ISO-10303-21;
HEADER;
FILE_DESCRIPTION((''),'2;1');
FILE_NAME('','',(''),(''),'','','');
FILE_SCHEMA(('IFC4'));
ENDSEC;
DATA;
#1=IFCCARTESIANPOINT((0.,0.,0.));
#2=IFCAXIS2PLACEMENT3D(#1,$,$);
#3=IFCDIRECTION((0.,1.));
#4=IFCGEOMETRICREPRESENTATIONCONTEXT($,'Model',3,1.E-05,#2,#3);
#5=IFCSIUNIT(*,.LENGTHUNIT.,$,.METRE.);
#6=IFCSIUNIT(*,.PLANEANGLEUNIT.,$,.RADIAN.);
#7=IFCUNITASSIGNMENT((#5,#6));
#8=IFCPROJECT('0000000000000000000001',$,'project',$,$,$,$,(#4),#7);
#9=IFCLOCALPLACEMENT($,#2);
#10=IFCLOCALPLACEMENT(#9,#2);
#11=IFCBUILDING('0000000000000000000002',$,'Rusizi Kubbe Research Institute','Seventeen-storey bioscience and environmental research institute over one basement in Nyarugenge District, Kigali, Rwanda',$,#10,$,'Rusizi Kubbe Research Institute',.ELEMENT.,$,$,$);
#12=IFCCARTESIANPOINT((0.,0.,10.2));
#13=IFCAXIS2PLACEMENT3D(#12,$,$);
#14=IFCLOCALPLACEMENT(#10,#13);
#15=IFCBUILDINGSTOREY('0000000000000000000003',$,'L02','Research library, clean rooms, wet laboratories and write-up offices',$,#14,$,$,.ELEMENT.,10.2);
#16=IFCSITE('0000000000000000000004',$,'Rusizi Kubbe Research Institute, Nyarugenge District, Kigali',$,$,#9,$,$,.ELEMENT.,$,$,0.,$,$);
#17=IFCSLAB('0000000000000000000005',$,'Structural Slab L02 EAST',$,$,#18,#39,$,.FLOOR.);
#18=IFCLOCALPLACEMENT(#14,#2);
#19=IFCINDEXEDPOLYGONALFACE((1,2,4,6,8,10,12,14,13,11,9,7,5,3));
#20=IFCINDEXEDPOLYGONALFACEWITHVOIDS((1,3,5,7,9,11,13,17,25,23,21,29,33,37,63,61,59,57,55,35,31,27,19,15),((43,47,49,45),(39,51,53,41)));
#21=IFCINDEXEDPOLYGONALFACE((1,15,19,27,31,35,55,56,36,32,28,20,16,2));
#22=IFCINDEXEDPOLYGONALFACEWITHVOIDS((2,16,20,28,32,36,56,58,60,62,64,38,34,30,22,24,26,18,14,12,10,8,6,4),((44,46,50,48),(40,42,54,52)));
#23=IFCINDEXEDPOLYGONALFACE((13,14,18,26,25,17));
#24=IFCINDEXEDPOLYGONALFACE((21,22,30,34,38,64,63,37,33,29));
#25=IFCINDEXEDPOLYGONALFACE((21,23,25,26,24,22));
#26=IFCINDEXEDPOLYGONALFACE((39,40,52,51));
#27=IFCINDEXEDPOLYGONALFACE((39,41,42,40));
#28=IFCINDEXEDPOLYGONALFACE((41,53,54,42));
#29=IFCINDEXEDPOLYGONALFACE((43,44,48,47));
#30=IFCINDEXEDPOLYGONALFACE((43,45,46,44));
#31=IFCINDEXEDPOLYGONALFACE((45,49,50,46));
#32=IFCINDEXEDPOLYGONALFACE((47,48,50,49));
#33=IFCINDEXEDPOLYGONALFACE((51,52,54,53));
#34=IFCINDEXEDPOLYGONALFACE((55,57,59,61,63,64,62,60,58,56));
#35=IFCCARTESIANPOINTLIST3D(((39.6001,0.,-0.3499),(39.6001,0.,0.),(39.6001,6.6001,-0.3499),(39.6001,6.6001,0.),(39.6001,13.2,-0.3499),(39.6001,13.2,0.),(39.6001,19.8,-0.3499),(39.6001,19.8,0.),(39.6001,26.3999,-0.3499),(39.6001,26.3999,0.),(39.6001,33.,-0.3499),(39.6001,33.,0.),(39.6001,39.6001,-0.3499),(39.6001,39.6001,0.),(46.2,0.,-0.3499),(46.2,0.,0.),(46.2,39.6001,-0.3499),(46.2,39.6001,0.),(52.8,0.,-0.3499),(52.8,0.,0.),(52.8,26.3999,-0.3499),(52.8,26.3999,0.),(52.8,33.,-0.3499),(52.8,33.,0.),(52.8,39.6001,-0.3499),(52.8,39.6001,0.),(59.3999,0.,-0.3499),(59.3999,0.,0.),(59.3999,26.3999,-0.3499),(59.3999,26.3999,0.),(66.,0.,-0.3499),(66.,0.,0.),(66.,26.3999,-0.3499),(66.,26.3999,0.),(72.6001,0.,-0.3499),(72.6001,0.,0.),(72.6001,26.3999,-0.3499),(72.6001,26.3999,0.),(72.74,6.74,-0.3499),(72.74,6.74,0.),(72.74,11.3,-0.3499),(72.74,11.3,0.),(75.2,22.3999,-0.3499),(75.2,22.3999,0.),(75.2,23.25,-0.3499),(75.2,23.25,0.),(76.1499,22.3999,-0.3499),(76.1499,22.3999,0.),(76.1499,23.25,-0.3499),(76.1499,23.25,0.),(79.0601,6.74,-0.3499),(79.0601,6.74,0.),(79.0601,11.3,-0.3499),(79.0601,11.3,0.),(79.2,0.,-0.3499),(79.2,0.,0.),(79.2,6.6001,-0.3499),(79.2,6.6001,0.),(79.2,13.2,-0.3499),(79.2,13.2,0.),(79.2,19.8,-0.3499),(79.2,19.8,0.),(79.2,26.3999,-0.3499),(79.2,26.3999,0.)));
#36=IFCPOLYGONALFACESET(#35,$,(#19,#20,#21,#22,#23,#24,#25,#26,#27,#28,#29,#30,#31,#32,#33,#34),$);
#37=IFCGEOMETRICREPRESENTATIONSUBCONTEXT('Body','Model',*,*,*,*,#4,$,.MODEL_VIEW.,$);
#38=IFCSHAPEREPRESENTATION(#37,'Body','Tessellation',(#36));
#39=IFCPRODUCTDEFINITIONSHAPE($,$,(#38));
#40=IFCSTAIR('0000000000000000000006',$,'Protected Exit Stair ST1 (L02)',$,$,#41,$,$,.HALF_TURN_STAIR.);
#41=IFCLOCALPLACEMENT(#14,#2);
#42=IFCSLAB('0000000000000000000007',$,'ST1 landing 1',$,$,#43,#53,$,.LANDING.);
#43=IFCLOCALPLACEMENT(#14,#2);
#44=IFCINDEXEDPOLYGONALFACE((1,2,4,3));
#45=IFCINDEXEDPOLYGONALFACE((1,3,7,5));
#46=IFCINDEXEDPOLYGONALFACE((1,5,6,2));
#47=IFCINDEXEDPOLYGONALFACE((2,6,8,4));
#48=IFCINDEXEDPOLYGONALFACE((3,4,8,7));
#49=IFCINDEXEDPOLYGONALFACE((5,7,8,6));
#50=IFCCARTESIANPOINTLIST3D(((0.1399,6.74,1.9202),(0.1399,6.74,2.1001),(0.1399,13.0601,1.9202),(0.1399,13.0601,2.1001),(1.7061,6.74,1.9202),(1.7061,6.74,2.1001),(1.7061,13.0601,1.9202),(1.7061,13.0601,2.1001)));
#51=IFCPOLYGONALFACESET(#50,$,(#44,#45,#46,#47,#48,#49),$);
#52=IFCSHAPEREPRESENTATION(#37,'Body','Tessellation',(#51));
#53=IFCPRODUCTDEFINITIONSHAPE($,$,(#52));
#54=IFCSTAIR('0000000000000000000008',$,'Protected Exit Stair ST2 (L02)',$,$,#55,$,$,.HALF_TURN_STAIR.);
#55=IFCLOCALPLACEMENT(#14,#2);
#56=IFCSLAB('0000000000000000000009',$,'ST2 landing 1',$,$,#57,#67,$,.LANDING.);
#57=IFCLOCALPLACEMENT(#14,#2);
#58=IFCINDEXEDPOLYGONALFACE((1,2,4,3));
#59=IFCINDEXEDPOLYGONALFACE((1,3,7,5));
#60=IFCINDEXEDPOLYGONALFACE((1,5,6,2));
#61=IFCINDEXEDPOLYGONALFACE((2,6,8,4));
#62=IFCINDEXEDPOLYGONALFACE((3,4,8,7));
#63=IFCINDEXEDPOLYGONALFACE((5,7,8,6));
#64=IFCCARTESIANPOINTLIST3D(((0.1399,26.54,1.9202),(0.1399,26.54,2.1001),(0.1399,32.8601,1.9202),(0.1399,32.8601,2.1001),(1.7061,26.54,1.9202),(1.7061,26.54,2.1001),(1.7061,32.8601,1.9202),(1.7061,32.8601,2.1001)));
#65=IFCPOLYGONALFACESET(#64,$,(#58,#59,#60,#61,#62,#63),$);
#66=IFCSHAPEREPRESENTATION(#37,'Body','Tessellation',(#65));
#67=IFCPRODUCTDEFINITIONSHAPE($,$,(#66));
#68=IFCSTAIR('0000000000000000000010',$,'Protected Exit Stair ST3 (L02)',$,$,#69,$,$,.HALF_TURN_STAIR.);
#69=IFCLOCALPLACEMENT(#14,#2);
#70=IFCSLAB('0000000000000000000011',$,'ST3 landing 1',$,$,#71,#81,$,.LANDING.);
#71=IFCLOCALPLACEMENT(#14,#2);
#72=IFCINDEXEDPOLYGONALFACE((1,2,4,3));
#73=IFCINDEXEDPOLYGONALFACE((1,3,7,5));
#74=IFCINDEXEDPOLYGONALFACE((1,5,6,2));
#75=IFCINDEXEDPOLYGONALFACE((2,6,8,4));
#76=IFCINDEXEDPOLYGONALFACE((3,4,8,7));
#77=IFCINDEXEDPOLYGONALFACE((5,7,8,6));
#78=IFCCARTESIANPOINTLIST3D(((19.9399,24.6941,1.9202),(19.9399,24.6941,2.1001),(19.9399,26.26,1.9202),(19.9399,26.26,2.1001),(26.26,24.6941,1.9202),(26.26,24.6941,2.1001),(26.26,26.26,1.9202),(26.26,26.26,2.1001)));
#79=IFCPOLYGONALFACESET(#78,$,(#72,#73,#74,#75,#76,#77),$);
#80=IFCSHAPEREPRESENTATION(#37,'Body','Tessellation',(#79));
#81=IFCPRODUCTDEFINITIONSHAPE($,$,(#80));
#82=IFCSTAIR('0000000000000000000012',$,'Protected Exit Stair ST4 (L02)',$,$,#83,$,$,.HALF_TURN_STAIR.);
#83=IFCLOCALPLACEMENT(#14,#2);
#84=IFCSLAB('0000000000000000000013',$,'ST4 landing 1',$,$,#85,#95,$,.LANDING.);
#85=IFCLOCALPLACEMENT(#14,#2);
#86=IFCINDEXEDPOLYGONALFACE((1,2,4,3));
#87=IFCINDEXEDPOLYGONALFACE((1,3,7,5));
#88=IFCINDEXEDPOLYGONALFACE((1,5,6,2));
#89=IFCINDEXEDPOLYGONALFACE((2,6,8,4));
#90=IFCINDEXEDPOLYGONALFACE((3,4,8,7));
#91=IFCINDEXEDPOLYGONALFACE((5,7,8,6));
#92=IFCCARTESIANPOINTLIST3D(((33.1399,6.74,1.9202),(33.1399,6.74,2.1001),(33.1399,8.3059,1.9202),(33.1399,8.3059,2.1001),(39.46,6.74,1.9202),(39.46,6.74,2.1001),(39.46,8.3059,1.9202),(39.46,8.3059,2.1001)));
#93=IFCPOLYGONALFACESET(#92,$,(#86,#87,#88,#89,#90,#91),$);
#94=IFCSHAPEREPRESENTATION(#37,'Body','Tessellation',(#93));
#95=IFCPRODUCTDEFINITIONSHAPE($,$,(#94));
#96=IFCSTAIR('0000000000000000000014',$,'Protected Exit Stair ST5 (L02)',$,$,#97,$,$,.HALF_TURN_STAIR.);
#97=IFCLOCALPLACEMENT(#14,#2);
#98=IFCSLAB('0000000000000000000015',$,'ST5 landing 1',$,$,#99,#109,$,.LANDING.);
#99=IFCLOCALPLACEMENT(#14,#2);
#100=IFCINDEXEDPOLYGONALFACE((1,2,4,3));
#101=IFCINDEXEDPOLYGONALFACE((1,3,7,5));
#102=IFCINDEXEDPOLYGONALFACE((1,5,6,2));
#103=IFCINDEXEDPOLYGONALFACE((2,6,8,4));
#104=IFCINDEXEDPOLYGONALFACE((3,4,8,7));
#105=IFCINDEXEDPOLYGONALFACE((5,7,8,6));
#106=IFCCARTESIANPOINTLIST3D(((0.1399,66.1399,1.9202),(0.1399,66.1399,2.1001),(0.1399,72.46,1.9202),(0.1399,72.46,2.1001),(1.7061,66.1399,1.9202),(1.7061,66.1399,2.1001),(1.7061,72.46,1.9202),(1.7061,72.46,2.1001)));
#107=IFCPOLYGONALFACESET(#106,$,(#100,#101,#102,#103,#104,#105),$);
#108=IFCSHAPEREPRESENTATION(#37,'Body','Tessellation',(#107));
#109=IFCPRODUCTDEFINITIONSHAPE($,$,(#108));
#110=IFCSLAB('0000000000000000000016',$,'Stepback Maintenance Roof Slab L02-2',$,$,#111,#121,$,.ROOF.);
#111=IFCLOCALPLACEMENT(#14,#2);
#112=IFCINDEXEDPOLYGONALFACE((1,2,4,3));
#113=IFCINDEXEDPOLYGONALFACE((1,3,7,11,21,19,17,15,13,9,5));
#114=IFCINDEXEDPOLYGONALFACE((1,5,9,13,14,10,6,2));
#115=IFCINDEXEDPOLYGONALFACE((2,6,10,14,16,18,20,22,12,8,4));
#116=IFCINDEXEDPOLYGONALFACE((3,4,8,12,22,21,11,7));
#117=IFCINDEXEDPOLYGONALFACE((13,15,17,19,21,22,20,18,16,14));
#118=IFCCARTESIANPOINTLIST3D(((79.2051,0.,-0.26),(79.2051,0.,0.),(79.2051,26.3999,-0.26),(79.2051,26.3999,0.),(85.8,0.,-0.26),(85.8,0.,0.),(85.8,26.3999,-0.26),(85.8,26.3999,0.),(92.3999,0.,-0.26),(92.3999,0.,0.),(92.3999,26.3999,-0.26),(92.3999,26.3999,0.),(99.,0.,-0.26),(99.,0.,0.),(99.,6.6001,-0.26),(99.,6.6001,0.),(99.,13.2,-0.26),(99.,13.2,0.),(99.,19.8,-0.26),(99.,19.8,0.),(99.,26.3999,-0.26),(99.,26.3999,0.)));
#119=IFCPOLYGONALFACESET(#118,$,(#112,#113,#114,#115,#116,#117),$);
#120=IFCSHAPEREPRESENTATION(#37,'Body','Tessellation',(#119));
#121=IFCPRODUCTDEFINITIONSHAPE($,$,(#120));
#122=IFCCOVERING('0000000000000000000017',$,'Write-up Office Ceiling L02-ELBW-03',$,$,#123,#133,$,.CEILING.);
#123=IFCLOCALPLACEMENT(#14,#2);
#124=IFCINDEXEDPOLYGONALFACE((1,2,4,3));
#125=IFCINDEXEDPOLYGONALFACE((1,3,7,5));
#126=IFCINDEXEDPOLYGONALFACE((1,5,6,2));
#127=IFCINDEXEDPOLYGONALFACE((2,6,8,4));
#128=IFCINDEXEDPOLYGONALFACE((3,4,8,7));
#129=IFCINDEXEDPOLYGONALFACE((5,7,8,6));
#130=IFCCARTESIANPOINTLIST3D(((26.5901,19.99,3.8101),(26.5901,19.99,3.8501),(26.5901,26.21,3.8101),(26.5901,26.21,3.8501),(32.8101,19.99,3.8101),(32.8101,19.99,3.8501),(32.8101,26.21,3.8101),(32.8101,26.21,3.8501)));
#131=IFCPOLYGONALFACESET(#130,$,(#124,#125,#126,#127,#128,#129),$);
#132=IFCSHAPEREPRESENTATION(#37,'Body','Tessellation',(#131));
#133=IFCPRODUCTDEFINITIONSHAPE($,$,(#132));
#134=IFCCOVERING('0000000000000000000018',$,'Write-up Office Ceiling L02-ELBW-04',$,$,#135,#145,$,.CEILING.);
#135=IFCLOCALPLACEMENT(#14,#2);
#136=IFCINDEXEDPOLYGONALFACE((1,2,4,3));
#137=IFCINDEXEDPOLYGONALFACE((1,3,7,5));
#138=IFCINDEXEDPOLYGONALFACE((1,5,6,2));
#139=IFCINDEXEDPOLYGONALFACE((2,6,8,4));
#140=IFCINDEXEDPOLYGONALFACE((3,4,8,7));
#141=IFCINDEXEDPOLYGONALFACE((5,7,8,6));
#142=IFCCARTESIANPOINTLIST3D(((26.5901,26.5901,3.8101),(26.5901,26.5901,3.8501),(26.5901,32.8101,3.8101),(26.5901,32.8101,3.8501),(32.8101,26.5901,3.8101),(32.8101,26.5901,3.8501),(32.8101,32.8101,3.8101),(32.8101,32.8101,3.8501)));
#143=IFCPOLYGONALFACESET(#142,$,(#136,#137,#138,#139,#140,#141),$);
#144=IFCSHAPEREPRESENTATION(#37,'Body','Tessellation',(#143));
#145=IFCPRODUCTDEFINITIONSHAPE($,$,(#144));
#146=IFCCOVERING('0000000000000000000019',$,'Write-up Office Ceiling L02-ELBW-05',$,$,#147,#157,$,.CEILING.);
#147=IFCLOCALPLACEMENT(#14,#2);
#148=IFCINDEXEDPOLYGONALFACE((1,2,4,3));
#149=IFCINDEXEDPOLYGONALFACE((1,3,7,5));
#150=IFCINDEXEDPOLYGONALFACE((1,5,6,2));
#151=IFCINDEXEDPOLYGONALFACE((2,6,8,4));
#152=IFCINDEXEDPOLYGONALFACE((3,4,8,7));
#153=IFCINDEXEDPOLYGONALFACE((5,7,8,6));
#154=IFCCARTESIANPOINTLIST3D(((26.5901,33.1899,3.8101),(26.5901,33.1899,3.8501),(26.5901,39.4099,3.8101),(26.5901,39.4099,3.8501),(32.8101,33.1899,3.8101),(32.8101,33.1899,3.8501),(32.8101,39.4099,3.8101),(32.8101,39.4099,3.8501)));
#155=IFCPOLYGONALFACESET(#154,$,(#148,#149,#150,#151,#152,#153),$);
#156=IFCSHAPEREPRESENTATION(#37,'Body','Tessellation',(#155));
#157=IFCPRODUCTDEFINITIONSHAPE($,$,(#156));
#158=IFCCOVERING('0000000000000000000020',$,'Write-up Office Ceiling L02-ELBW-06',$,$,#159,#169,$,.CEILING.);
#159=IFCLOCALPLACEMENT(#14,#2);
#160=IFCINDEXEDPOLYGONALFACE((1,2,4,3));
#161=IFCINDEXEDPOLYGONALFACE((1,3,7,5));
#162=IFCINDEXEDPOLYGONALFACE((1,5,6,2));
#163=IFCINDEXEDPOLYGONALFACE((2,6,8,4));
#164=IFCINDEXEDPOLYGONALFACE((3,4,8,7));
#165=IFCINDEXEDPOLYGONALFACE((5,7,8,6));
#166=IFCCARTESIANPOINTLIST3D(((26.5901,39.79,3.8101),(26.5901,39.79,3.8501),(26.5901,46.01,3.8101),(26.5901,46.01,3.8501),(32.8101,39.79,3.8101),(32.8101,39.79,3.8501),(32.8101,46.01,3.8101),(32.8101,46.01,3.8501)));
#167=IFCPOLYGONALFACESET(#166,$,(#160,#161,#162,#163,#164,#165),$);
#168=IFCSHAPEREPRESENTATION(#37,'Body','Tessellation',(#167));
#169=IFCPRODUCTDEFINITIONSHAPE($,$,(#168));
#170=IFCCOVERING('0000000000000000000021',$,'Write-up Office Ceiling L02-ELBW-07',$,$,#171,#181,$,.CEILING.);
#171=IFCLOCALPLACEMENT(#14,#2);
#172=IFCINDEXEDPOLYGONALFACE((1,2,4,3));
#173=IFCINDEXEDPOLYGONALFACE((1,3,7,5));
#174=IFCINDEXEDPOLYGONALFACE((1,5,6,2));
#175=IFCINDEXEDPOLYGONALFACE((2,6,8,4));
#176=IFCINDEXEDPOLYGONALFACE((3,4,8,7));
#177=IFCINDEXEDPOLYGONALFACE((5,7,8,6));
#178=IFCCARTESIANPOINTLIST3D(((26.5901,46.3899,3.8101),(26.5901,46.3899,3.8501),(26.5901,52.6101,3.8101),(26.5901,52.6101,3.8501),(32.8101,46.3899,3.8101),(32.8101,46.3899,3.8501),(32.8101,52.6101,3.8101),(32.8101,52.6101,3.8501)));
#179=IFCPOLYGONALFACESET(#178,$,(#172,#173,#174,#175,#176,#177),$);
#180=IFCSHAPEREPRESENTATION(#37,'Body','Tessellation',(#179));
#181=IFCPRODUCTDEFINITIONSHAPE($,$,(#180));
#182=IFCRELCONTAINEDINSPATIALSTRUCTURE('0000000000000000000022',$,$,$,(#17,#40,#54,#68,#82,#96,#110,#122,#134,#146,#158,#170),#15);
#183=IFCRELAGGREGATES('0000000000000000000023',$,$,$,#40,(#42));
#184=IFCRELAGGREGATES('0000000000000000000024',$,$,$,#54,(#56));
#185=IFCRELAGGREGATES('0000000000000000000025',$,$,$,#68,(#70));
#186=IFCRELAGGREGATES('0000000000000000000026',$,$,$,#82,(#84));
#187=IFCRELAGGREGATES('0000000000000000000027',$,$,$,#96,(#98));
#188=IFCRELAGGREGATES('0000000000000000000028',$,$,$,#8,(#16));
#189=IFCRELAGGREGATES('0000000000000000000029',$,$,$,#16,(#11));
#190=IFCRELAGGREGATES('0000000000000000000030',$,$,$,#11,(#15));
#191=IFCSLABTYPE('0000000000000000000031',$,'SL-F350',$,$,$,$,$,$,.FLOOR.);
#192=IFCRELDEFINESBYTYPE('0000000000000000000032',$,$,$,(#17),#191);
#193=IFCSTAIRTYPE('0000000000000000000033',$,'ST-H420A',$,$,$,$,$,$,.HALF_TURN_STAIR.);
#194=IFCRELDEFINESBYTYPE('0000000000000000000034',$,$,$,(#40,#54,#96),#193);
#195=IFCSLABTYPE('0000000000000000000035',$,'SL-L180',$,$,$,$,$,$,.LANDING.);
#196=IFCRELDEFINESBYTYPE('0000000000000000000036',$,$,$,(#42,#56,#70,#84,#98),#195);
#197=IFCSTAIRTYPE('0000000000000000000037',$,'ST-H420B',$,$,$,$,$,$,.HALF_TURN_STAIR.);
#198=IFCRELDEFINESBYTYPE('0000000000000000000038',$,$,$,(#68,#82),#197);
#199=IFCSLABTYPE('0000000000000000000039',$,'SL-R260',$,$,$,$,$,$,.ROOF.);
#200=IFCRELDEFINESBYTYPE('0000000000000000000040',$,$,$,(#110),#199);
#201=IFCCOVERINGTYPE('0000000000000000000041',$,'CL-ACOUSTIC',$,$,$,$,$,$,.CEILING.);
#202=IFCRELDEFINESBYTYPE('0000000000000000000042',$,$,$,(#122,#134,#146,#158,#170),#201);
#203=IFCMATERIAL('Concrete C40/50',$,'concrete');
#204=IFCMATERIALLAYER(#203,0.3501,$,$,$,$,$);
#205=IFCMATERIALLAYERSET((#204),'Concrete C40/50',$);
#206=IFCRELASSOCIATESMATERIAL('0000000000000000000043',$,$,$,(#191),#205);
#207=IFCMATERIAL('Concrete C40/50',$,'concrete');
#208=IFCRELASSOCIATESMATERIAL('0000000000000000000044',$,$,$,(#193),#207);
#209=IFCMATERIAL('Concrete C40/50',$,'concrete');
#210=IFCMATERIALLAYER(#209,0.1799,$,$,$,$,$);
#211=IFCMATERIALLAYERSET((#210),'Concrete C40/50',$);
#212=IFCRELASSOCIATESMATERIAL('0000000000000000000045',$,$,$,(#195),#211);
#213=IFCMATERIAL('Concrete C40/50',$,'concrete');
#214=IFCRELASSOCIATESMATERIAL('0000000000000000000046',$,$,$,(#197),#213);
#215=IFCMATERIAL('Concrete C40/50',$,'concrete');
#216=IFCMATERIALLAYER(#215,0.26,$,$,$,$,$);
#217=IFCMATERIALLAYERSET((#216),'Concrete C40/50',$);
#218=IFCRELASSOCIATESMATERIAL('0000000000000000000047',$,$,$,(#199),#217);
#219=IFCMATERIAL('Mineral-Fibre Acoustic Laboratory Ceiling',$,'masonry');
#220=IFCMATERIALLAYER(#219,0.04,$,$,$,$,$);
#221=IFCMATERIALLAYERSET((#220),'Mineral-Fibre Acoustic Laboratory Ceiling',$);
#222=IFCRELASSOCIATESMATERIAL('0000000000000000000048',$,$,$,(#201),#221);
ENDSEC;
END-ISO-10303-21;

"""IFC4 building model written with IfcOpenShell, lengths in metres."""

from ifc_helpers import new_model, si_unit, direction, frame, origin, place, context, subcontext, project, spatial, polyline, outline, extrude, material, layer, layer_set, type_object, element, aggregate, save


model = new_model("IFC4")

# Units and contexts
model_context = context("Model", 3, precision=1e-05, world=origin(), true_north=direction((0.0, 1.0)))
body_context = subcontext(model_context, "Body", "Model", "MODEL_VIEW")
ifc_project = project(units=[si_unit("LENGTHUNIT", "METRE"), si_unit("PLANEANGLEUNIT", "RADIAN")], contexts=[model_context])

# Site, building, storey
site_placement = place(None, origin())
site = spatial("IfcSite", under=ifc_project, at=site_placement, Name="Rusizi Kubbe Research Institute, Nyarugenge District, Kigali", CompositionType="ELEMENT", RefElevation=0.0)
building_placement = place(site_placement, origin())
building = spatial("IfcBuilding", under=site, at=building_placement, Name="Rusizi Kubbe Research Institute", Description="Seventeen-storey bioscience and environmental research institute over one basement in Nyarugenge District, Kigali, Rwanda", LongName="Rusizi Kubbe Research Institute", CompositionType="ELEMENT")
storey_placement = place(building_placement, frame((0.0, 0.0, 10.2)))
storey = spatial("IfcBuildingStorey", under=building, at=storey_placement, Name="L02", Description="Research library, clean rooms, wet laboratories and write-up offices", CompositionType="ELEMENT", Elevation=10.2)

# Slab
ifc_material_1 = material(Name="Concrete C40/50", Category="concrete")
ifc_layer_1 = layer(ifc_material_1, 0.3501)
ifc_layer_set_1 = layer_set([ifc_layer_1], Name="Concrete C40/50")
slab_type_1 = type_object("IfcSlabType", Name="SL-F350", PredefinedType="FLOOR", material=ifc_layer_set_1)
slab_1_placement = place(storey_placement, frame((0.0, 0.0, -0.3499)))
element("IfcSlab", 1, at=slab_1_placement, inside=storey, type_object=slab_type_1, Name="Structural Slab L02 EAST", PredefinedType="FLOOR", context=body_context, shape_type="SweptSolid", body=[
    extrude(outline(polyline([(39.6001, 26.3999), (39.6001, 33.0), (39.6001, 39.6001), (46.2, 39.6001), (52.8, 39.6001), (52.8, 33.0), (52.8, 26.3999), (59.3999, 26.3999), (66.0, 26.3999), (72.6001, 26.3999), (79.2, 26.3999), (79.2, 19.8), (79.2, 13.2), (79.2, 6.6001), (79.2, 0.0), (72.6001, 0.0), (66.0, 0.0), (59.3999, 0.0), (52.8, 0.0), (46.2, 0.0), (39.6001, 0.0), (39.6001, 6.6001), (39.6001, 13.2), (39.6001, 19.8), (39.6001, 26.3999)]), holes=[polyline([(72.74, 11.3), (72.74, 6.74), (79.0601, 6.74), (79.0601, 11.3), (72.74, 11.3)]), polyline([(76.1499, 23.25), (75.2, 23.25), (75.2, 22.3999), (76.1499, 22.3999), (76.1499, 23.25)])]), origin(), (0.0, 0.0, 1.0), 0.3499),
])

# Stairs, slabs
ifc_material_2 = material(Name="Concrete C40/50", Category="concrete")
stair_type_1 = type_object("IfcStairType", Name="ST-H420A", PredefinedType="HALF_TURN_STAIR", material=ifc_material_2)
stair_1_placement = place(storey_placement, origin())
stair_1 = element("IfcStair", 2, at=stair_1_placement, inside=storey, type_object=stair_type_1, Name="Protected Exit Stair ST1 (L02)", PredefinedType="HALF_TURN_STAIR")
ifc_material_3 = material(Name="Concrete C40/50", Category="concrete")
ifc_layer_2 = layer(ifc_material_3, 0.1799)
ifc_layer_set_2 = layer_set([ifc_layer_2], Name="Concrete C40/50")
slab_type_2 = type_object("IfcSlabType", Name="SL-L180", PredefinedType="LANDING", material=ifc_layer_set_2)
slab_2_placement = place(storey_placement, frame((0.0, 0.0, 1.9202)))
slab_2 = element("IfcSlab", 3, at=slab_2_placement, type_object=slab_type_2, Name="ST1 landing 1", PredefinedType="LANDING", context=body_context, shape_type="SweptSolid", body=[
    extrude(outline(polyline([(1.7061, 13.0601), (0.1399, 13.0601), (0.1399, 6.74), (1.7061, 6.74), (1.7061, 13.0601)])), origin(), (0.0, 0.0, 1.0), 0.1799),
])
aggregate(stair_1, [slab_2])
stair_2_placement = place(storey_placement, origin())
stair_2 = element("IfcStair", 4, at=stair_2_placement, inside=storey, type_object=stair_type_1, Name="Protected Exit Stair ST2 (L02)", PredefinedType="HALF_TURN_STAIR")
slab_3_placement = place(storey_placement, frame((0.0, 0.0, 1.9202)))
slab_3 = element("IfcSlab", 5, at=slab_3_placement, type_object=slab_type_2, Name="ST2 landing 1", PredefinedType="LANDING", context=body_context, shape_type="SweptSolid", body=[
    extrude(outline(polyline([(1.7061, 32.8601), (0.1399, 32.8601), (0.1399, 26.54), (1.7061, 26.54), (1.7061, 32.8601)])), origin(), (0.0, 0.0, 1.0), 0.1799),
])
aggregate(stair_2, [slab_3])
ifc_material_4 = material(Name="Concrete C40/50", Category="concrete")
stair_type_2 = type_object("IfcStairType", Name="ST-H420B", PredefinedType="HALF_TURN_STAIR", material=ifc_material_4)
stair_3_placement = place(storey_placement, origin())
stair_3 = element("IfcStair", 6, at=stair_3_placement, inside=storey, type_object=stair_type_2, Name="Protected Exit Stair ST3 (L02)", PredefinedType="HALF_TURN_STAIR")
slab_4_placement = place(storey_placement, frame((0.0, 0.0, 1.9202)))
slab_4 = element("IfcSlab", 7, at=slab_4_placement, type_object=slab_type_2, Name="ST3 landing 1", PredefinedType="LANDING", context=body_context, shape_type="SweptSolid", body=[
    extrude(outline(polyline([(26.26, 24.6941), (26.26, 26.26), (19.9399, 26.26), (19.9399, 24.6941), (26.26, 24.6941)])), origin(), (0.0, 0.0, 1.0), 0.1799),
])
aggregate(stair_3, [slab_4])
stair_4_placement = place(storey_placement, origin())
stair_4 = element("IfcStair", 8, at=stair_4_placement, inside=storey, type_object=stair_type_2, Name="Protected Exit Stair ST4 (L02)", PredefinedType="HALF_TURN_STAIR")
slab_5_placement = place(storey_placement, frame((0.0, 0.0, 1.9202)))
slab_5 = element("IfcSlab", 9, at=slab_5_placement, type_object=slab_type_2, Name="ST4 landing 1", PredefinedType="LANDING", context=body_context, shape_type="SweptSolid", body=[
    extrude(outline(polyline([(33.1399, 8.3059), (33.1399, 6.74), (39.46, 6.74), (39.46, 8.3059), (33.1399, 8.3059)])), origin(), (0.0, 0.0, 1.0), 0.1799),
])
aggregate(stair_4, [slab_5])
stair_5_placement = place(storey_placement, origin())
stair_5 = element("IfcStair", 10, at=stair_5_placement, inside=storey, type_object=stair_type_1, Name="Protected Exit Stair ST5 (L02)", PredefinedType="HALF_TURN_STAIR")
slab_6_placement = place(storey_placement, frame((0.0, 0.0, 1.9202)))
slab_6 = element("IfcSlab", 11, at=slab_6_placement, type_object=slab_type_2, Name="ST5 landing 1", PredefinedType="LANDING", context=body_context, shape_type="SweptSolid", body=[
    extrude(outline(polyline([(1.7061, 72.46), (0.1399, 72.46), (0.1399, 66.1399), (1.7061, 66.1399), (1.7061, 72.46)])), origin(), (0.0, 0.0, 1.0), 0.1799),
])
aggregate(stair_5, [slab_6])

# Shared definitions
ifc_material_5 = material(Name="Concrete C40/50", Category="concrete")
ifc_layer_3 = layer(ifc_material_5, 0.26)
ifc_layer_set_3 = layer_set([ifc_layer_3], Name="Concrete C40/50")
slab_type_3 = type_object("IfcSlabType", Name="SL-R260", PredefinedType="ROOF", material=ifc_layer_set_3)

# Slab
slab_7_placement = place(storey_placement, frame((0.0, 0.0, -0.26)))
element("IfcSlab", 12, at=slab_7_placement, inside=storey, type_object=slab_type_3, Name="Stepback Maintenance Roof Slab L02-2", PredefinedType="ROOF", context=body_context, shape_type="SweptSolid", body=[
    extrude(outline(polyline([(85.8, 26.3999), (92.3999, 26.3999), (99.0, 26.3999), (99.0, 19.8), (99.0, 13.2), (99.0, 6.6001), (99.0, 0.0), (92.3999, 0.0), (85.8, 0.0), (79.2051, 0.0), (79.2051, 26.3999), (85.8, 26.3999)])), origin(), (0.0, 0.0, 1.0), 0.26),
])

# Coverings
ifc_material_6 = material(Name="Mineral-Fibre Acoustic Laboratory Ceiling", Category="masonry")
ifc_layer_4 = layer(ifc_material_6, 0.04)
ifc_layer_set_4 = layer_set([ifc_layer_4], Name="Mineral-Fibre Acoustic Laboratory Ceiling")
covering_type_1 = type_object("IfcCoveringType", Name="CL-ACOUSTIC", PredefinedType="CEILING", material=ifc_layer_set_4)
covering_1_placement = place(storey_placement, frame((0.0, 0.0, 3.8101)))
element("IfcCovering", 13, at=covering_1_placement, inside=storey, type_object=covering_type_1, Name="Write-up Office Ceiling L02-ELBW-03", PredefinedType="CEILING", context=body_context, shape_type="SweptSolid", body=[
    extrude(outline(polyline([(26.5901, 19.99), (32.8101, 19.99), (32.8101, 26.21), (26.5901, 26.21), (26.5901, 19.99)])), origin(), (0.0, 0.0, 1.0), 0.04),
])
covering_2_placement = place(storey_placement, frame((0.0, 0.0, 3.8101)))
element("IfcCovering", 14, at=covering_2_placement, inside=storey, type_object=covering_type_1, Name="Write-up Office Ceiling L02-ELBW-04", PredefinedType="CEILING", context=body_context, shape_type="SweptSolid", body=[
    extrude(outline(polyline([(26.5901, 26.5901), (32.8101, 26.5901), (32.8101, 32.8101), (26.5901, 32.8101), (26.5901, 26.5901)])), origin(), (0.0, 0.0, 1.0), 0.04),
])
covering_3_placement = place(storey_placement, frame((0.0, 0.0, 3.8101)))
element("IfcCovering", 15, at=covering_3_placement, inside=storey, type_object=covering_type_1, Name="Write-up Office Ceiling L02-ELBW-05", PredefinedType="CEILING", context=body_context, shape_type="SweptSolid", body=[
    extrude(outline(polyline([(26.5901, 33.1899), (32.8101, 33.1899), (32.8101, 39.4099), (26.5901, 39.4099), (26.5901, 33.1899)])), origin(), (0.0, 0.0, 1.0), 0.04),
])
covering_4_placement = place(storey_placement, frame((0.0, 0.0, 3.8101)))
element("IfcCovering", 16, at=covering_4_placement, inside=storey, type_object=covering_type_1, Name="Write-up Office Ceiling L02-ELBW-06", PredefinedType="CEILING", context=body_context, shape_type="SweptSolid", body=[
    extrude(outline(polyline([(26.5901, 39.79), (32.8101, 39.79), (32.8101, 46.01), (26.5901, 46.01), (26.5901, 39.79)])), origin(), (0.0, 0.0, 1.0), 0.04),
])
covering_5_placement = place(storey_placement, frame((0.0, 0.0, 3.8101)))
element("IfcCovering", 17, at=covering_5_placement, inside=storey, type_object=covering_type_1, Name="Write-up Office Ceiling L02-ELBW-07", PredefinedType="CEILING", context=body_context, shape_type="SweptSolid", body=[
    extrude(outline(polyline([(26.5901, 46.3899), (32.8101, 46.3899), (32.8101, 52.6101), (26.5901, 52.6101), (26.5901, 46.3899)])), origin(), (0.0, 0.0, 1.0), 0.04),
])

save(model, "model.ifc")
